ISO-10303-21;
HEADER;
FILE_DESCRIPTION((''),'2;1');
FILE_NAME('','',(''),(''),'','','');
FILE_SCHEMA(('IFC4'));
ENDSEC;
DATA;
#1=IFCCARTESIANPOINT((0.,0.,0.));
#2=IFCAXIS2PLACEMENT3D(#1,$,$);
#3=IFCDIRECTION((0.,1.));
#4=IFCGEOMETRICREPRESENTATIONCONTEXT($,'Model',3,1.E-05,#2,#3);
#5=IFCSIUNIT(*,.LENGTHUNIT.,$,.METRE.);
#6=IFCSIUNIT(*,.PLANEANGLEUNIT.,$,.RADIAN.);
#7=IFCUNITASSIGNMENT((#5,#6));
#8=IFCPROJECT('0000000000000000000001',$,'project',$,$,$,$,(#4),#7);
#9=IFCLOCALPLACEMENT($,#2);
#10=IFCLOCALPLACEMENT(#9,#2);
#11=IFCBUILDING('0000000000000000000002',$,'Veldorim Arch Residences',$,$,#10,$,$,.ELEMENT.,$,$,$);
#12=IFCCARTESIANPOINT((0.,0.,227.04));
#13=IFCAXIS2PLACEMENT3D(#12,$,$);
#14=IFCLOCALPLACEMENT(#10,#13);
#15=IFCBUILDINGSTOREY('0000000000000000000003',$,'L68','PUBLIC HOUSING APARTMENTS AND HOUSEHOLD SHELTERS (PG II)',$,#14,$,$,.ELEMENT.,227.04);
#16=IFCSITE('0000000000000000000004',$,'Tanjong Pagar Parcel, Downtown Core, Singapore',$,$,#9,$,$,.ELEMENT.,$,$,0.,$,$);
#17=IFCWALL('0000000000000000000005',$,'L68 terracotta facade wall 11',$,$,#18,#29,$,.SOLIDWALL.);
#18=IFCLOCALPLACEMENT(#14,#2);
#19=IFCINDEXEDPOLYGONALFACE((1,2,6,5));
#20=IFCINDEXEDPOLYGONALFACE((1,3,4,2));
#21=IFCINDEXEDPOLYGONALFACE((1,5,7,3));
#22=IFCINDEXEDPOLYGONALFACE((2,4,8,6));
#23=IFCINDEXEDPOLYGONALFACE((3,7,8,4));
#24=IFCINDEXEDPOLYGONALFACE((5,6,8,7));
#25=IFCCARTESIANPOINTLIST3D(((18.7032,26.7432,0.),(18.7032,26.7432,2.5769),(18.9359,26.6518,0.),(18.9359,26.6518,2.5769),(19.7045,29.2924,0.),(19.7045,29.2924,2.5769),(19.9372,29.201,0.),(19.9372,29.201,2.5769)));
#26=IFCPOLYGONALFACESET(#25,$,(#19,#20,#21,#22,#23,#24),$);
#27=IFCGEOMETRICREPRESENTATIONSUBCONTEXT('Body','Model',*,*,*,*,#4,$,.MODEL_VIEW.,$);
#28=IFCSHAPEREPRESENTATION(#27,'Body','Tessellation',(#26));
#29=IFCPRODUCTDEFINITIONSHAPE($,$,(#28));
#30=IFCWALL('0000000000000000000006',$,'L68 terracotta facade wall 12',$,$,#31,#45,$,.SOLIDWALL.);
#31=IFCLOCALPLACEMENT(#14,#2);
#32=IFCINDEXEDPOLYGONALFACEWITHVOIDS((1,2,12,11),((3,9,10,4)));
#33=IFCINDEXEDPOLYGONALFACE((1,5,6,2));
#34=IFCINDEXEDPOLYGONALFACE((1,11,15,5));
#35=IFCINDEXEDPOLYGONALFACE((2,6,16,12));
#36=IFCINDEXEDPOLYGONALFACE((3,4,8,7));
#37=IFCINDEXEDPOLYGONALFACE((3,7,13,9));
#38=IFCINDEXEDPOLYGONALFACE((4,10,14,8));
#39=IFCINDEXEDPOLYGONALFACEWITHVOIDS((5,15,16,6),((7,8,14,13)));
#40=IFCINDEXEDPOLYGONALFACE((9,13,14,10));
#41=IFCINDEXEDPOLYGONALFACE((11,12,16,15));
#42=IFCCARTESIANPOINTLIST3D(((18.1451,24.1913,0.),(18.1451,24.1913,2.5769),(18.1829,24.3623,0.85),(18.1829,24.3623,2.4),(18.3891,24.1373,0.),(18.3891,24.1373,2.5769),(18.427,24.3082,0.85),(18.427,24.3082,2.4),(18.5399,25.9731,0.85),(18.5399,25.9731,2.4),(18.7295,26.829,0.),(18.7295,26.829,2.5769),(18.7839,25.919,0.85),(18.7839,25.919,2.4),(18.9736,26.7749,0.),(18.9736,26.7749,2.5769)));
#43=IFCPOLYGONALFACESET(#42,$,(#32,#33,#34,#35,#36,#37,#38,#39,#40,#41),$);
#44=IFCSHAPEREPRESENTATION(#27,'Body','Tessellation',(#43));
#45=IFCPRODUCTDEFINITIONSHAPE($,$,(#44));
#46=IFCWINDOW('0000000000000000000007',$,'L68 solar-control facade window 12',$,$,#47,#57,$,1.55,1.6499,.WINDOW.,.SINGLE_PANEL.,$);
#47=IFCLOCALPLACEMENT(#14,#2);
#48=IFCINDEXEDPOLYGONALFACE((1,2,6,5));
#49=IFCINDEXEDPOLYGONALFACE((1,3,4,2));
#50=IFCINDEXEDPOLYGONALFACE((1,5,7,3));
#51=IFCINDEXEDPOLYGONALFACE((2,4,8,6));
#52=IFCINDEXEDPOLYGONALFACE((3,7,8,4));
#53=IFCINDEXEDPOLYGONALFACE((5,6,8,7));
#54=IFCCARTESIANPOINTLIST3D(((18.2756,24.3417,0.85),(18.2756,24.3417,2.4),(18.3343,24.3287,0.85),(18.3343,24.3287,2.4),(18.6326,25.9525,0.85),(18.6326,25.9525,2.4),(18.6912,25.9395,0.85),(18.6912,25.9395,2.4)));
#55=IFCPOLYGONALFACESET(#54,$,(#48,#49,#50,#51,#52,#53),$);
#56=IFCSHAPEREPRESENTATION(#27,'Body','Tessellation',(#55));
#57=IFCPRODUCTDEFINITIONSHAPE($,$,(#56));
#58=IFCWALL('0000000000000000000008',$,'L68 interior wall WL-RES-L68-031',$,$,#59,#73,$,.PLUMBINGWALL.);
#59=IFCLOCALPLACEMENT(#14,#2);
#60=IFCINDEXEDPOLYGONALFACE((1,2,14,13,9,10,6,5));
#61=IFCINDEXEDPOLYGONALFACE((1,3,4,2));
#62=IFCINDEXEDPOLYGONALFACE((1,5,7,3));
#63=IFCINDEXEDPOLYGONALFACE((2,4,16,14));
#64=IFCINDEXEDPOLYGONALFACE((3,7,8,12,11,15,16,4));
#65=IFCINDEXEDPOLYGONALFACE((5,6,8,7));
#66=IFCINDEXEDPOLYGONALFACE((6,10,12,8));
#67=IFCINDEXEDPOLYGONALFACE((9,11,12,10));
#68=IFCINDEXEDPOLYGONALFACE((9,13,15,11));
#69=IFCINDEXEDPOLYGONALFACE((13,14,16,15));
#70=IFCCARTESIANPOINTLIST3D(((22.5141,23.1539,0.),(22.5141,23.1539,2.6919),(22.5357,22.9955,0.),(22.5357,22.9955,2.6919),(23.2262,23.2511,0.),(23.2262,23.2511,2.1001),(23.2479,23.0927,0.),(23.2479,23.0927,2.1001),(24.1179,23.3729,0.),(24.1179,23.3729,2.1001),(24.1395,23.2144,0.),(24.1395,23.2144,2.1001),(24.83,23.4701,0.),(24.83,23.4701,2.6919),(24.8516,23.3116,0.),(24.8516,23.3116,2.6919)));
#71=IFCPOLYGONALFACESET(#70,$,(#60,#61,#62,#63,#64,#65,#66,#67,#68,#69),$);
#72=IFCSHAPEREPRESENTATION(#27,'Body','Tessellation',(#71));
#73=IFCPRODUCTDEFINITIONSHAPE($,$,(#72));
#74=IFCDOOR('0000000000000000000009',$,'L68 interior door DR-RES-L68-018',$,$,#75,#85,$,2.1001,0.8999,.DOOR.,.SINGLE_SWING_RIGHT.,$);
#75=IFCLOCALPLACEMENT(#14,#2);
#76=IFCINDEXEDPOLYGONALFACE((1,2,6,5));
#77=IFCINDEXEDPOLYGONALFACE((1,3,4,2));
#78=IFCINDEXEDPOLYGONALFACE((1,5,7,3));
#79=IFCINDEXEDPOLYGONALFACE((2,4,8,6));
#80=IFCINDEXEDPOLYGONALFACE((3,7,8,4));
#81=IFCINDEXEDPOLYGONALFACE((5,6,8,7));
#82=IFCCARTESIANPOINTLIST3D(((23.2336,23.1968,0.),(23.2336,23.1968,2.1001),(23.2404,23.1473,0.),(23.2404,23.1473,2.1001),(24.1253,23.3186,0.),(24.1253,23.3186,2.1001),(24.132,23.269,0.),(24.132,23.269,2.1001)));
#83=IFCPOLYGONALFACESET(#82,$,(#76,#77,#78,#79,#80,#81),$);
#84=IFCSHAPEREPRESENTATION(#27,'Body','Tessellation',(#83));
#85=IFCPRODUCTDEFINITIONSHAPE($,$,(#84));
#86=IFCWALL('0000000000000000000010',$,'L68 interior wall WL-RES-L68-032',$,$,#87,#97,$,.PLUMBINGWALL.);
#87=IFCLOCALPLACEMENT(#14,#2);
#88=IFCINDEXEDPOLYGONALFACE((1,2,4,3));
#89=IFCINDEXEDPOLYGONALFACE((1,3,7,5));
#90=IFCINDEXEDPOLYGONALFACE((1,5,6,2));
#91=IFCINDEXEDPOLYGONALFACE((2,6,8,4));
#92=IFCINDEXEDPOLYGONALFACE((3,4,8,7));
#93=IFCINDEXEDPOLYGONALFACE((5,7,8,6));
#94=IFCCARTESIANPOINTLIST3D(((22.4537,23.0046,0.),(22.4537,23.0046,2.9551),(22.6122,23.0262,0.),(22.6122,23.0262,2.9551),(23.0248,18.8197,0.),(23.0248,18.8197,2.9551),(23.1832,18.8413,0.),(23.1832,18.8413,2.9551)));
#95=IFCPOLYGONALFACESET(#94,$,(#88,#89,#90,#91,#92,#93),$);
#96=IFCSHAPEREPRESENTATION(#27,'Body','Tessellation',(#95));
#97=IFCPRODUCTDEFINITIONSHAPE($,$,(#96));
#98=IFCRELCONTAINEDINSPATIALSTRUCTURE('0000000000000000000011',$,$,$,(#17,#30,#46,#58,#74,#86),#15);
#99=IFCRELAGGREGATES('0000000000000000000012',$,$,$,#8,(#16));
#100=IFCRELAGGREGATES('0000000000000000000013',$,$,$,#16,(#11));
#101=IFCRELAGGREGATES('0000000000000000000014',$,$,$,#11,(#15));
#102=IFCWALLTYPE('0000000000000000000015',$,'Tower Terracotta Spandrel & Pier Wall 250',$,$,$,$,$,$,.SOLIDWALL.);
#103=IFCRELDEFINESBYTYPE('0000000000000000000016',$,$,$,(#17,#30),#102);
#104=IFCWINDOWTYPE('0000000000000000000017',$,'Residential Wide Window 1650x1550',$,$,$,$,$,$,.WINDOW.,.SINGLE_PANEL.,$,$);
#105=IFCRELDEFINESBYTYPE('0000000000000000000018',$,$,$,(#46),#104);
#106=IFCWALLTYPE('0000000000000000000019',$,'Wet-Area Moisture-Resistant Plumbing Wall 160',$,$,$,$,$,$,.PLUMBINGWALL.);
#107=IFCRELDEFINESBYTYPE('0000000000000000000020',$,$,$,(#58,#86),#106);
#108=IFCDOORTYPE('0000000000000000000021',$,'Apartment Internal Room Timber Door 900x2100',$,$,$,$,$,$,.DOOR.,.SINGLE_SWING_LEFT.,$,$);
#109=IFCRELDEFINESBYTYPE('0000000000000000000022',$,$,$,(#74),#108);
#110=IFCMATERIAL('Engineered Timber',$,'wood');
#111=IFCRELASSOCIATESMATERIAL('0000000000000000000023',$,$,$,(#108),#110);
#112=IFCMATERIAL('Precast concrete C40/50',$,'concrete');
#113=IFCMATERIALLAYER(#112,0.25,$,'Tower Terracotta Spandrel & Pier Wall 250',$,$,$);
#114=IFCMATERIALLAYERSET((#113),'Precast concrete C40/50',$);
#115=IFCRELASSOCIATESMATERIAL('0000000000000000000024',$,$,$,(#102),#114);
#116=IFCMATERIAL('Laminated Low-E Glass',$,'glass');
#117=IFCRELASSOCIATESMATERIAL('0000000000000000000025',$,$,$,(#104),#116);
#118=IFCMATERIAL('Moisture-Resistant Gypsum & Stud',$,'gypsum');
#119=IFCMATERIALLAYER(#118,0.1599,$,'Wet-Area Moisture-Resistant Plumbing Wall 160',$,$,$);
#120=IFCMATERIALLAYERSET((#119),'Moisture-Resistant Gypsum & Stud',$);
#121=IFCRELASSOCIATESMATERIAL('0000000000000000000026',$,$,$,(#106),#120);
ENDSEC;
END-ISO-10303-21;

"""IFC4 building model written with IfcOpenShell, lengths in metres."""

from ifc_helpers import new_model, si_unit, direction, frame, frame_2d, origin, place, context, subcontext, project, spatial, rectangle, extrude, material, layer, layer_set, type_object, element, fill, save


model = new_model("IFC4")

# Units and contexts
model_context = context("Model", 3, precision=1e-05, world=origin(), true_north=direction((0.0, 1.0)))
body_context = subcontext(model_context, "Body", "Model", "MODEL_VIEW")
ifc_project = project(units=[si_unit("LENGTHUNIT", "METRE"), si_unit("PLANEANGLEUNIT", "RADIAN")], contexts=[model_context])

# Site, building, storey
site_placement = place(None, origin())
site = spatial("IfcSite", under=ifc_project, at=site_placement, Name="Tanjong Pagar Parcel, Downtown Core, Singapore", CompositionType="ELEMENT", RefElevation=0.0)
building_placement = place(site_placement, origin())
building = spatial("IfcBuilding", under=site, at=building_placement, Name="Veldorim Arch Residences", CompositionType="ELEMENT")
storey_placement = place(building_placement, frame((0.0, 0.0, 227.04)))
storey = spatial("IfcBuildingStorey", under=building, at=storey_placement, Name="L68", Description="PUBLIC HOUSING APARTMENTS AND HOUSEHOLD SHELTERS (PG II)", CompositionType="ELEMENT", Elevation=227.04)

# Shared definitions
ifc_material_1 = material(Name="Engineered Timber", Category="wood")
door_type_1 = type_object("IfcDoorType", Name="Apartment Internal Room Timber Door 900x2100", OperationType="SINGLE_SWING_LEFT", PredefinedType="DOOR", material=ifc_material_1)

# Wall
ifc_material_2 = material(Name="Precast concrete C40/50", Category="concrete")
ifc_layer_1 = layer(ifc_material_2, 0.25, Name="Tower Terracotta Spandrel & Pier Wall 250")
ifc_layer_set_1 = layer_set([ifc_layer_1], Name="Precast concrete C40/50")
wall_type_1 = type_object("IfcWallType", Name="Tower Terracotta Spandrel & Pier Wall 250", PredefinedType="SOLIDWALL", material=ifc_layer_set_1)
wall_1_placement = place(storey_placement, frame((18.8196, 26.6975, 0.0), z_axis=(0.0, 0.0, 1.0), x_axis=(0.365589, 0.930776, 0.0)))
element("IfcWall", 1, at=wall_1_placement, inside=storey, type_object=wall_type_1, Name="L68 terracotta facade wall 11", PredefinedType="SOLIDWALL", context=body_context, shape_type="SweptSolid", body=[
    extrude(rectangle(XDim=2.7388, YDim=0.25, at=frame_2d((1.3694, 0.0))), origin(), (0.0, 0.0, 1.0), 2.5769),
])

# Wall, opening, window
wall_2_placement = place(storey_placement, frame((18.2671, 24.1643, 0.0), z_axis=(0.0, 0.0, 1.0), x_axis=(0.216337, 0.976319, 0.0)))
wall_2 = element("IfcWall", 2, at=wall_2_placement, inside=storey, type_object=wall_type_1, Name="L68 terracotta facade wall 12", PredefinedType="SOLIDWALL", context=body_context, shape_type="SweptSolid", body=[
    extrude(rectangle(XDim=2.7017, YDim=0.25, at=frame_2d((1.3508, 0.0))), origin(), (0.0, 0.0, 1.0), 2.5769),
])
opening_1_placement = place(wall_2_placement, frame((0.175, 0.0, 0.8501)))
opening_1 = element("IfcOpeningElement", 3, at=opening_1_placement, cuts=wall_2, PredefinedType="OPENING", context=body_context, shape_type="SweptSolid", body=[
    extrude(rectangle(XDim=1.6499, YDim=1.55, at=frame_2d((0.825, 0.7749))), frame((0.0, 0.135, 0.0), z_axis=(0.0, -1.0, 0.0), x_axis=(1.0, 0.0, 0.0)), (0.0, 0.0, 1.0), 0.27),
])
ifc_material_3 = material(Name="Laminated Low-E Glass", Category="glass")
window_type = type_object("IfcWindowType", Name="Residential Wide Window 1650x1550", PartitioningType="SINGLE_PANEL", PredefinedType="WINDOW", material=ifc_material_3)
window_placement = place(opening_1_placement, origin())
window = element("IfcWindow", 4, at=window_placement, inside=storey, type_object=window_type, Name="L68 solar-control facade window 12", OverallHeight=1.55, OverallWidth=1.6499, PartitioningType="SINGLE_PANEL", PredefinedType="WINDOW", context=body_context, shape_type="SweptSolid", body=[
    extrude(rectangle(XDim=1.6499, YDim=1.55, at=frame_2d((0.825, 0.7749))), frame((0.0, 0.03, 0.0), z_axis=(0.0, -1.0, 0.0), x_axis=(1.0, 0.0, 0.0)), (0.0, 0.0, 1.0), 0.0601),
])
fill(opening_1, window)

# Wall, opening, door
ifc_material_4 = material(Name="Moisture-Resistant Gypsum & Stud", Category="gypsum")
ifc_layer_2 = layer(ifc_material_4, 0.1599, Name="Wet-Area Moisture-Resistant Plumbing Wall 160")
ifc_layer_set_2 = layer_set([ifc_layer_2], Name="Moisture-Resistant Gypsum & Stud")
wall_type_2 = type_object("IfcWallType", Name="Wet-Area Moisture-Resistant Plumbing Wall 160", PredefinedType="PLUMBINGWALL", material=ifc_layer_set_2)
wall_3_placement = place(storey_placement, frame((24.8408, 23.3909, 0.0), z_axis=(0.0, 0.0, 1.0), x_axis=(-0.99081, -0.135262, 0.0)))
wall_3 = element("IfcWall", 5, at=wall_3_placement, inside=storey, type_object=wall_type_2, Name="L68 interior wall WL-RES-L68-031", PredefinedType="PLUMBINGWALL", context=body_context, shape_type="SweptSolid", body=[
    extrude(rectangle(XDim=2.3374, YDim=0.1599, at=frame_2d((1.1687, 0.0))), origin(), (0.0, 0.0, 1.0), 2.6919),
])
opening_2_placement = place(wall_3_placement, frame((0.7188, 0.0, 0.0)))
opening_2 = element("IfcOpeningElement", 6, at=opening_2_placement, cuts=wall_3, PredefinedType="OPENING", context=body_context, shape_type="SweptSolid", body=[
    extrude(rectangle(XDim=0.8999, YDim=2.1001, at=frame_2d((0.45, 1.05))), frame((0.0, 0.0898, 0.0), z_axis=(0.0, -1.0, 0.0), x_axis=(1.0, 0.0, 0.0)), (0.0, 0.0, 1.0), 0.1799),
])
door_1_placement = place(opening_2_placement, origin())
door_1 = element("IfcDoor", 7, at=door_1_placement, inside=storey, type_object=door_type_1, Name="L68 interior door DR-RES-L68-018", OperationType="SINGLE_SWING_RIGHT", OverallHeight=2.1001, OverallWidth=0.8999, PredefinedType="DOOR", context=body_context, shape_type="SweptSolid", body=[
    extrude(rectangle(XDim=0.8999, YDim=2.1001, at=frame_2d((0.45, 1.05))), frame((0.0, 0.0249, 0.0), z_axis=(0.0, -1.0, 0.0), x_axis=(1.0, 0.0, 0.0)), (0.0, 0.0, 1.0), 0.05),
])
fill(opening_2, door_1)

# Wall
wall_4_placement = place(storey_placement, frame((22.533, 23.0154, 0.0), z_axis=(0.0, 0.0, 1.0), x_axis=(0.135203, -0.990818, 0.0)))
element("IfcWall", 8, at=wall_4_placement, inside=storey, type_object=wall_type_2, Name="L68 interior wall WL-RES-L68-032", PredefinedType="PLUMBINGWALL", context=body_context, shape_type="SweptSolid", body=[
    extrude(rectangle(XDim=4.2236, YDim=0.1599, at=frame_2d((2.1118, 0.0))), origin(), (0.0, 0.0, 1.0), 2.9551),
])

save(model, "model.ifc")
